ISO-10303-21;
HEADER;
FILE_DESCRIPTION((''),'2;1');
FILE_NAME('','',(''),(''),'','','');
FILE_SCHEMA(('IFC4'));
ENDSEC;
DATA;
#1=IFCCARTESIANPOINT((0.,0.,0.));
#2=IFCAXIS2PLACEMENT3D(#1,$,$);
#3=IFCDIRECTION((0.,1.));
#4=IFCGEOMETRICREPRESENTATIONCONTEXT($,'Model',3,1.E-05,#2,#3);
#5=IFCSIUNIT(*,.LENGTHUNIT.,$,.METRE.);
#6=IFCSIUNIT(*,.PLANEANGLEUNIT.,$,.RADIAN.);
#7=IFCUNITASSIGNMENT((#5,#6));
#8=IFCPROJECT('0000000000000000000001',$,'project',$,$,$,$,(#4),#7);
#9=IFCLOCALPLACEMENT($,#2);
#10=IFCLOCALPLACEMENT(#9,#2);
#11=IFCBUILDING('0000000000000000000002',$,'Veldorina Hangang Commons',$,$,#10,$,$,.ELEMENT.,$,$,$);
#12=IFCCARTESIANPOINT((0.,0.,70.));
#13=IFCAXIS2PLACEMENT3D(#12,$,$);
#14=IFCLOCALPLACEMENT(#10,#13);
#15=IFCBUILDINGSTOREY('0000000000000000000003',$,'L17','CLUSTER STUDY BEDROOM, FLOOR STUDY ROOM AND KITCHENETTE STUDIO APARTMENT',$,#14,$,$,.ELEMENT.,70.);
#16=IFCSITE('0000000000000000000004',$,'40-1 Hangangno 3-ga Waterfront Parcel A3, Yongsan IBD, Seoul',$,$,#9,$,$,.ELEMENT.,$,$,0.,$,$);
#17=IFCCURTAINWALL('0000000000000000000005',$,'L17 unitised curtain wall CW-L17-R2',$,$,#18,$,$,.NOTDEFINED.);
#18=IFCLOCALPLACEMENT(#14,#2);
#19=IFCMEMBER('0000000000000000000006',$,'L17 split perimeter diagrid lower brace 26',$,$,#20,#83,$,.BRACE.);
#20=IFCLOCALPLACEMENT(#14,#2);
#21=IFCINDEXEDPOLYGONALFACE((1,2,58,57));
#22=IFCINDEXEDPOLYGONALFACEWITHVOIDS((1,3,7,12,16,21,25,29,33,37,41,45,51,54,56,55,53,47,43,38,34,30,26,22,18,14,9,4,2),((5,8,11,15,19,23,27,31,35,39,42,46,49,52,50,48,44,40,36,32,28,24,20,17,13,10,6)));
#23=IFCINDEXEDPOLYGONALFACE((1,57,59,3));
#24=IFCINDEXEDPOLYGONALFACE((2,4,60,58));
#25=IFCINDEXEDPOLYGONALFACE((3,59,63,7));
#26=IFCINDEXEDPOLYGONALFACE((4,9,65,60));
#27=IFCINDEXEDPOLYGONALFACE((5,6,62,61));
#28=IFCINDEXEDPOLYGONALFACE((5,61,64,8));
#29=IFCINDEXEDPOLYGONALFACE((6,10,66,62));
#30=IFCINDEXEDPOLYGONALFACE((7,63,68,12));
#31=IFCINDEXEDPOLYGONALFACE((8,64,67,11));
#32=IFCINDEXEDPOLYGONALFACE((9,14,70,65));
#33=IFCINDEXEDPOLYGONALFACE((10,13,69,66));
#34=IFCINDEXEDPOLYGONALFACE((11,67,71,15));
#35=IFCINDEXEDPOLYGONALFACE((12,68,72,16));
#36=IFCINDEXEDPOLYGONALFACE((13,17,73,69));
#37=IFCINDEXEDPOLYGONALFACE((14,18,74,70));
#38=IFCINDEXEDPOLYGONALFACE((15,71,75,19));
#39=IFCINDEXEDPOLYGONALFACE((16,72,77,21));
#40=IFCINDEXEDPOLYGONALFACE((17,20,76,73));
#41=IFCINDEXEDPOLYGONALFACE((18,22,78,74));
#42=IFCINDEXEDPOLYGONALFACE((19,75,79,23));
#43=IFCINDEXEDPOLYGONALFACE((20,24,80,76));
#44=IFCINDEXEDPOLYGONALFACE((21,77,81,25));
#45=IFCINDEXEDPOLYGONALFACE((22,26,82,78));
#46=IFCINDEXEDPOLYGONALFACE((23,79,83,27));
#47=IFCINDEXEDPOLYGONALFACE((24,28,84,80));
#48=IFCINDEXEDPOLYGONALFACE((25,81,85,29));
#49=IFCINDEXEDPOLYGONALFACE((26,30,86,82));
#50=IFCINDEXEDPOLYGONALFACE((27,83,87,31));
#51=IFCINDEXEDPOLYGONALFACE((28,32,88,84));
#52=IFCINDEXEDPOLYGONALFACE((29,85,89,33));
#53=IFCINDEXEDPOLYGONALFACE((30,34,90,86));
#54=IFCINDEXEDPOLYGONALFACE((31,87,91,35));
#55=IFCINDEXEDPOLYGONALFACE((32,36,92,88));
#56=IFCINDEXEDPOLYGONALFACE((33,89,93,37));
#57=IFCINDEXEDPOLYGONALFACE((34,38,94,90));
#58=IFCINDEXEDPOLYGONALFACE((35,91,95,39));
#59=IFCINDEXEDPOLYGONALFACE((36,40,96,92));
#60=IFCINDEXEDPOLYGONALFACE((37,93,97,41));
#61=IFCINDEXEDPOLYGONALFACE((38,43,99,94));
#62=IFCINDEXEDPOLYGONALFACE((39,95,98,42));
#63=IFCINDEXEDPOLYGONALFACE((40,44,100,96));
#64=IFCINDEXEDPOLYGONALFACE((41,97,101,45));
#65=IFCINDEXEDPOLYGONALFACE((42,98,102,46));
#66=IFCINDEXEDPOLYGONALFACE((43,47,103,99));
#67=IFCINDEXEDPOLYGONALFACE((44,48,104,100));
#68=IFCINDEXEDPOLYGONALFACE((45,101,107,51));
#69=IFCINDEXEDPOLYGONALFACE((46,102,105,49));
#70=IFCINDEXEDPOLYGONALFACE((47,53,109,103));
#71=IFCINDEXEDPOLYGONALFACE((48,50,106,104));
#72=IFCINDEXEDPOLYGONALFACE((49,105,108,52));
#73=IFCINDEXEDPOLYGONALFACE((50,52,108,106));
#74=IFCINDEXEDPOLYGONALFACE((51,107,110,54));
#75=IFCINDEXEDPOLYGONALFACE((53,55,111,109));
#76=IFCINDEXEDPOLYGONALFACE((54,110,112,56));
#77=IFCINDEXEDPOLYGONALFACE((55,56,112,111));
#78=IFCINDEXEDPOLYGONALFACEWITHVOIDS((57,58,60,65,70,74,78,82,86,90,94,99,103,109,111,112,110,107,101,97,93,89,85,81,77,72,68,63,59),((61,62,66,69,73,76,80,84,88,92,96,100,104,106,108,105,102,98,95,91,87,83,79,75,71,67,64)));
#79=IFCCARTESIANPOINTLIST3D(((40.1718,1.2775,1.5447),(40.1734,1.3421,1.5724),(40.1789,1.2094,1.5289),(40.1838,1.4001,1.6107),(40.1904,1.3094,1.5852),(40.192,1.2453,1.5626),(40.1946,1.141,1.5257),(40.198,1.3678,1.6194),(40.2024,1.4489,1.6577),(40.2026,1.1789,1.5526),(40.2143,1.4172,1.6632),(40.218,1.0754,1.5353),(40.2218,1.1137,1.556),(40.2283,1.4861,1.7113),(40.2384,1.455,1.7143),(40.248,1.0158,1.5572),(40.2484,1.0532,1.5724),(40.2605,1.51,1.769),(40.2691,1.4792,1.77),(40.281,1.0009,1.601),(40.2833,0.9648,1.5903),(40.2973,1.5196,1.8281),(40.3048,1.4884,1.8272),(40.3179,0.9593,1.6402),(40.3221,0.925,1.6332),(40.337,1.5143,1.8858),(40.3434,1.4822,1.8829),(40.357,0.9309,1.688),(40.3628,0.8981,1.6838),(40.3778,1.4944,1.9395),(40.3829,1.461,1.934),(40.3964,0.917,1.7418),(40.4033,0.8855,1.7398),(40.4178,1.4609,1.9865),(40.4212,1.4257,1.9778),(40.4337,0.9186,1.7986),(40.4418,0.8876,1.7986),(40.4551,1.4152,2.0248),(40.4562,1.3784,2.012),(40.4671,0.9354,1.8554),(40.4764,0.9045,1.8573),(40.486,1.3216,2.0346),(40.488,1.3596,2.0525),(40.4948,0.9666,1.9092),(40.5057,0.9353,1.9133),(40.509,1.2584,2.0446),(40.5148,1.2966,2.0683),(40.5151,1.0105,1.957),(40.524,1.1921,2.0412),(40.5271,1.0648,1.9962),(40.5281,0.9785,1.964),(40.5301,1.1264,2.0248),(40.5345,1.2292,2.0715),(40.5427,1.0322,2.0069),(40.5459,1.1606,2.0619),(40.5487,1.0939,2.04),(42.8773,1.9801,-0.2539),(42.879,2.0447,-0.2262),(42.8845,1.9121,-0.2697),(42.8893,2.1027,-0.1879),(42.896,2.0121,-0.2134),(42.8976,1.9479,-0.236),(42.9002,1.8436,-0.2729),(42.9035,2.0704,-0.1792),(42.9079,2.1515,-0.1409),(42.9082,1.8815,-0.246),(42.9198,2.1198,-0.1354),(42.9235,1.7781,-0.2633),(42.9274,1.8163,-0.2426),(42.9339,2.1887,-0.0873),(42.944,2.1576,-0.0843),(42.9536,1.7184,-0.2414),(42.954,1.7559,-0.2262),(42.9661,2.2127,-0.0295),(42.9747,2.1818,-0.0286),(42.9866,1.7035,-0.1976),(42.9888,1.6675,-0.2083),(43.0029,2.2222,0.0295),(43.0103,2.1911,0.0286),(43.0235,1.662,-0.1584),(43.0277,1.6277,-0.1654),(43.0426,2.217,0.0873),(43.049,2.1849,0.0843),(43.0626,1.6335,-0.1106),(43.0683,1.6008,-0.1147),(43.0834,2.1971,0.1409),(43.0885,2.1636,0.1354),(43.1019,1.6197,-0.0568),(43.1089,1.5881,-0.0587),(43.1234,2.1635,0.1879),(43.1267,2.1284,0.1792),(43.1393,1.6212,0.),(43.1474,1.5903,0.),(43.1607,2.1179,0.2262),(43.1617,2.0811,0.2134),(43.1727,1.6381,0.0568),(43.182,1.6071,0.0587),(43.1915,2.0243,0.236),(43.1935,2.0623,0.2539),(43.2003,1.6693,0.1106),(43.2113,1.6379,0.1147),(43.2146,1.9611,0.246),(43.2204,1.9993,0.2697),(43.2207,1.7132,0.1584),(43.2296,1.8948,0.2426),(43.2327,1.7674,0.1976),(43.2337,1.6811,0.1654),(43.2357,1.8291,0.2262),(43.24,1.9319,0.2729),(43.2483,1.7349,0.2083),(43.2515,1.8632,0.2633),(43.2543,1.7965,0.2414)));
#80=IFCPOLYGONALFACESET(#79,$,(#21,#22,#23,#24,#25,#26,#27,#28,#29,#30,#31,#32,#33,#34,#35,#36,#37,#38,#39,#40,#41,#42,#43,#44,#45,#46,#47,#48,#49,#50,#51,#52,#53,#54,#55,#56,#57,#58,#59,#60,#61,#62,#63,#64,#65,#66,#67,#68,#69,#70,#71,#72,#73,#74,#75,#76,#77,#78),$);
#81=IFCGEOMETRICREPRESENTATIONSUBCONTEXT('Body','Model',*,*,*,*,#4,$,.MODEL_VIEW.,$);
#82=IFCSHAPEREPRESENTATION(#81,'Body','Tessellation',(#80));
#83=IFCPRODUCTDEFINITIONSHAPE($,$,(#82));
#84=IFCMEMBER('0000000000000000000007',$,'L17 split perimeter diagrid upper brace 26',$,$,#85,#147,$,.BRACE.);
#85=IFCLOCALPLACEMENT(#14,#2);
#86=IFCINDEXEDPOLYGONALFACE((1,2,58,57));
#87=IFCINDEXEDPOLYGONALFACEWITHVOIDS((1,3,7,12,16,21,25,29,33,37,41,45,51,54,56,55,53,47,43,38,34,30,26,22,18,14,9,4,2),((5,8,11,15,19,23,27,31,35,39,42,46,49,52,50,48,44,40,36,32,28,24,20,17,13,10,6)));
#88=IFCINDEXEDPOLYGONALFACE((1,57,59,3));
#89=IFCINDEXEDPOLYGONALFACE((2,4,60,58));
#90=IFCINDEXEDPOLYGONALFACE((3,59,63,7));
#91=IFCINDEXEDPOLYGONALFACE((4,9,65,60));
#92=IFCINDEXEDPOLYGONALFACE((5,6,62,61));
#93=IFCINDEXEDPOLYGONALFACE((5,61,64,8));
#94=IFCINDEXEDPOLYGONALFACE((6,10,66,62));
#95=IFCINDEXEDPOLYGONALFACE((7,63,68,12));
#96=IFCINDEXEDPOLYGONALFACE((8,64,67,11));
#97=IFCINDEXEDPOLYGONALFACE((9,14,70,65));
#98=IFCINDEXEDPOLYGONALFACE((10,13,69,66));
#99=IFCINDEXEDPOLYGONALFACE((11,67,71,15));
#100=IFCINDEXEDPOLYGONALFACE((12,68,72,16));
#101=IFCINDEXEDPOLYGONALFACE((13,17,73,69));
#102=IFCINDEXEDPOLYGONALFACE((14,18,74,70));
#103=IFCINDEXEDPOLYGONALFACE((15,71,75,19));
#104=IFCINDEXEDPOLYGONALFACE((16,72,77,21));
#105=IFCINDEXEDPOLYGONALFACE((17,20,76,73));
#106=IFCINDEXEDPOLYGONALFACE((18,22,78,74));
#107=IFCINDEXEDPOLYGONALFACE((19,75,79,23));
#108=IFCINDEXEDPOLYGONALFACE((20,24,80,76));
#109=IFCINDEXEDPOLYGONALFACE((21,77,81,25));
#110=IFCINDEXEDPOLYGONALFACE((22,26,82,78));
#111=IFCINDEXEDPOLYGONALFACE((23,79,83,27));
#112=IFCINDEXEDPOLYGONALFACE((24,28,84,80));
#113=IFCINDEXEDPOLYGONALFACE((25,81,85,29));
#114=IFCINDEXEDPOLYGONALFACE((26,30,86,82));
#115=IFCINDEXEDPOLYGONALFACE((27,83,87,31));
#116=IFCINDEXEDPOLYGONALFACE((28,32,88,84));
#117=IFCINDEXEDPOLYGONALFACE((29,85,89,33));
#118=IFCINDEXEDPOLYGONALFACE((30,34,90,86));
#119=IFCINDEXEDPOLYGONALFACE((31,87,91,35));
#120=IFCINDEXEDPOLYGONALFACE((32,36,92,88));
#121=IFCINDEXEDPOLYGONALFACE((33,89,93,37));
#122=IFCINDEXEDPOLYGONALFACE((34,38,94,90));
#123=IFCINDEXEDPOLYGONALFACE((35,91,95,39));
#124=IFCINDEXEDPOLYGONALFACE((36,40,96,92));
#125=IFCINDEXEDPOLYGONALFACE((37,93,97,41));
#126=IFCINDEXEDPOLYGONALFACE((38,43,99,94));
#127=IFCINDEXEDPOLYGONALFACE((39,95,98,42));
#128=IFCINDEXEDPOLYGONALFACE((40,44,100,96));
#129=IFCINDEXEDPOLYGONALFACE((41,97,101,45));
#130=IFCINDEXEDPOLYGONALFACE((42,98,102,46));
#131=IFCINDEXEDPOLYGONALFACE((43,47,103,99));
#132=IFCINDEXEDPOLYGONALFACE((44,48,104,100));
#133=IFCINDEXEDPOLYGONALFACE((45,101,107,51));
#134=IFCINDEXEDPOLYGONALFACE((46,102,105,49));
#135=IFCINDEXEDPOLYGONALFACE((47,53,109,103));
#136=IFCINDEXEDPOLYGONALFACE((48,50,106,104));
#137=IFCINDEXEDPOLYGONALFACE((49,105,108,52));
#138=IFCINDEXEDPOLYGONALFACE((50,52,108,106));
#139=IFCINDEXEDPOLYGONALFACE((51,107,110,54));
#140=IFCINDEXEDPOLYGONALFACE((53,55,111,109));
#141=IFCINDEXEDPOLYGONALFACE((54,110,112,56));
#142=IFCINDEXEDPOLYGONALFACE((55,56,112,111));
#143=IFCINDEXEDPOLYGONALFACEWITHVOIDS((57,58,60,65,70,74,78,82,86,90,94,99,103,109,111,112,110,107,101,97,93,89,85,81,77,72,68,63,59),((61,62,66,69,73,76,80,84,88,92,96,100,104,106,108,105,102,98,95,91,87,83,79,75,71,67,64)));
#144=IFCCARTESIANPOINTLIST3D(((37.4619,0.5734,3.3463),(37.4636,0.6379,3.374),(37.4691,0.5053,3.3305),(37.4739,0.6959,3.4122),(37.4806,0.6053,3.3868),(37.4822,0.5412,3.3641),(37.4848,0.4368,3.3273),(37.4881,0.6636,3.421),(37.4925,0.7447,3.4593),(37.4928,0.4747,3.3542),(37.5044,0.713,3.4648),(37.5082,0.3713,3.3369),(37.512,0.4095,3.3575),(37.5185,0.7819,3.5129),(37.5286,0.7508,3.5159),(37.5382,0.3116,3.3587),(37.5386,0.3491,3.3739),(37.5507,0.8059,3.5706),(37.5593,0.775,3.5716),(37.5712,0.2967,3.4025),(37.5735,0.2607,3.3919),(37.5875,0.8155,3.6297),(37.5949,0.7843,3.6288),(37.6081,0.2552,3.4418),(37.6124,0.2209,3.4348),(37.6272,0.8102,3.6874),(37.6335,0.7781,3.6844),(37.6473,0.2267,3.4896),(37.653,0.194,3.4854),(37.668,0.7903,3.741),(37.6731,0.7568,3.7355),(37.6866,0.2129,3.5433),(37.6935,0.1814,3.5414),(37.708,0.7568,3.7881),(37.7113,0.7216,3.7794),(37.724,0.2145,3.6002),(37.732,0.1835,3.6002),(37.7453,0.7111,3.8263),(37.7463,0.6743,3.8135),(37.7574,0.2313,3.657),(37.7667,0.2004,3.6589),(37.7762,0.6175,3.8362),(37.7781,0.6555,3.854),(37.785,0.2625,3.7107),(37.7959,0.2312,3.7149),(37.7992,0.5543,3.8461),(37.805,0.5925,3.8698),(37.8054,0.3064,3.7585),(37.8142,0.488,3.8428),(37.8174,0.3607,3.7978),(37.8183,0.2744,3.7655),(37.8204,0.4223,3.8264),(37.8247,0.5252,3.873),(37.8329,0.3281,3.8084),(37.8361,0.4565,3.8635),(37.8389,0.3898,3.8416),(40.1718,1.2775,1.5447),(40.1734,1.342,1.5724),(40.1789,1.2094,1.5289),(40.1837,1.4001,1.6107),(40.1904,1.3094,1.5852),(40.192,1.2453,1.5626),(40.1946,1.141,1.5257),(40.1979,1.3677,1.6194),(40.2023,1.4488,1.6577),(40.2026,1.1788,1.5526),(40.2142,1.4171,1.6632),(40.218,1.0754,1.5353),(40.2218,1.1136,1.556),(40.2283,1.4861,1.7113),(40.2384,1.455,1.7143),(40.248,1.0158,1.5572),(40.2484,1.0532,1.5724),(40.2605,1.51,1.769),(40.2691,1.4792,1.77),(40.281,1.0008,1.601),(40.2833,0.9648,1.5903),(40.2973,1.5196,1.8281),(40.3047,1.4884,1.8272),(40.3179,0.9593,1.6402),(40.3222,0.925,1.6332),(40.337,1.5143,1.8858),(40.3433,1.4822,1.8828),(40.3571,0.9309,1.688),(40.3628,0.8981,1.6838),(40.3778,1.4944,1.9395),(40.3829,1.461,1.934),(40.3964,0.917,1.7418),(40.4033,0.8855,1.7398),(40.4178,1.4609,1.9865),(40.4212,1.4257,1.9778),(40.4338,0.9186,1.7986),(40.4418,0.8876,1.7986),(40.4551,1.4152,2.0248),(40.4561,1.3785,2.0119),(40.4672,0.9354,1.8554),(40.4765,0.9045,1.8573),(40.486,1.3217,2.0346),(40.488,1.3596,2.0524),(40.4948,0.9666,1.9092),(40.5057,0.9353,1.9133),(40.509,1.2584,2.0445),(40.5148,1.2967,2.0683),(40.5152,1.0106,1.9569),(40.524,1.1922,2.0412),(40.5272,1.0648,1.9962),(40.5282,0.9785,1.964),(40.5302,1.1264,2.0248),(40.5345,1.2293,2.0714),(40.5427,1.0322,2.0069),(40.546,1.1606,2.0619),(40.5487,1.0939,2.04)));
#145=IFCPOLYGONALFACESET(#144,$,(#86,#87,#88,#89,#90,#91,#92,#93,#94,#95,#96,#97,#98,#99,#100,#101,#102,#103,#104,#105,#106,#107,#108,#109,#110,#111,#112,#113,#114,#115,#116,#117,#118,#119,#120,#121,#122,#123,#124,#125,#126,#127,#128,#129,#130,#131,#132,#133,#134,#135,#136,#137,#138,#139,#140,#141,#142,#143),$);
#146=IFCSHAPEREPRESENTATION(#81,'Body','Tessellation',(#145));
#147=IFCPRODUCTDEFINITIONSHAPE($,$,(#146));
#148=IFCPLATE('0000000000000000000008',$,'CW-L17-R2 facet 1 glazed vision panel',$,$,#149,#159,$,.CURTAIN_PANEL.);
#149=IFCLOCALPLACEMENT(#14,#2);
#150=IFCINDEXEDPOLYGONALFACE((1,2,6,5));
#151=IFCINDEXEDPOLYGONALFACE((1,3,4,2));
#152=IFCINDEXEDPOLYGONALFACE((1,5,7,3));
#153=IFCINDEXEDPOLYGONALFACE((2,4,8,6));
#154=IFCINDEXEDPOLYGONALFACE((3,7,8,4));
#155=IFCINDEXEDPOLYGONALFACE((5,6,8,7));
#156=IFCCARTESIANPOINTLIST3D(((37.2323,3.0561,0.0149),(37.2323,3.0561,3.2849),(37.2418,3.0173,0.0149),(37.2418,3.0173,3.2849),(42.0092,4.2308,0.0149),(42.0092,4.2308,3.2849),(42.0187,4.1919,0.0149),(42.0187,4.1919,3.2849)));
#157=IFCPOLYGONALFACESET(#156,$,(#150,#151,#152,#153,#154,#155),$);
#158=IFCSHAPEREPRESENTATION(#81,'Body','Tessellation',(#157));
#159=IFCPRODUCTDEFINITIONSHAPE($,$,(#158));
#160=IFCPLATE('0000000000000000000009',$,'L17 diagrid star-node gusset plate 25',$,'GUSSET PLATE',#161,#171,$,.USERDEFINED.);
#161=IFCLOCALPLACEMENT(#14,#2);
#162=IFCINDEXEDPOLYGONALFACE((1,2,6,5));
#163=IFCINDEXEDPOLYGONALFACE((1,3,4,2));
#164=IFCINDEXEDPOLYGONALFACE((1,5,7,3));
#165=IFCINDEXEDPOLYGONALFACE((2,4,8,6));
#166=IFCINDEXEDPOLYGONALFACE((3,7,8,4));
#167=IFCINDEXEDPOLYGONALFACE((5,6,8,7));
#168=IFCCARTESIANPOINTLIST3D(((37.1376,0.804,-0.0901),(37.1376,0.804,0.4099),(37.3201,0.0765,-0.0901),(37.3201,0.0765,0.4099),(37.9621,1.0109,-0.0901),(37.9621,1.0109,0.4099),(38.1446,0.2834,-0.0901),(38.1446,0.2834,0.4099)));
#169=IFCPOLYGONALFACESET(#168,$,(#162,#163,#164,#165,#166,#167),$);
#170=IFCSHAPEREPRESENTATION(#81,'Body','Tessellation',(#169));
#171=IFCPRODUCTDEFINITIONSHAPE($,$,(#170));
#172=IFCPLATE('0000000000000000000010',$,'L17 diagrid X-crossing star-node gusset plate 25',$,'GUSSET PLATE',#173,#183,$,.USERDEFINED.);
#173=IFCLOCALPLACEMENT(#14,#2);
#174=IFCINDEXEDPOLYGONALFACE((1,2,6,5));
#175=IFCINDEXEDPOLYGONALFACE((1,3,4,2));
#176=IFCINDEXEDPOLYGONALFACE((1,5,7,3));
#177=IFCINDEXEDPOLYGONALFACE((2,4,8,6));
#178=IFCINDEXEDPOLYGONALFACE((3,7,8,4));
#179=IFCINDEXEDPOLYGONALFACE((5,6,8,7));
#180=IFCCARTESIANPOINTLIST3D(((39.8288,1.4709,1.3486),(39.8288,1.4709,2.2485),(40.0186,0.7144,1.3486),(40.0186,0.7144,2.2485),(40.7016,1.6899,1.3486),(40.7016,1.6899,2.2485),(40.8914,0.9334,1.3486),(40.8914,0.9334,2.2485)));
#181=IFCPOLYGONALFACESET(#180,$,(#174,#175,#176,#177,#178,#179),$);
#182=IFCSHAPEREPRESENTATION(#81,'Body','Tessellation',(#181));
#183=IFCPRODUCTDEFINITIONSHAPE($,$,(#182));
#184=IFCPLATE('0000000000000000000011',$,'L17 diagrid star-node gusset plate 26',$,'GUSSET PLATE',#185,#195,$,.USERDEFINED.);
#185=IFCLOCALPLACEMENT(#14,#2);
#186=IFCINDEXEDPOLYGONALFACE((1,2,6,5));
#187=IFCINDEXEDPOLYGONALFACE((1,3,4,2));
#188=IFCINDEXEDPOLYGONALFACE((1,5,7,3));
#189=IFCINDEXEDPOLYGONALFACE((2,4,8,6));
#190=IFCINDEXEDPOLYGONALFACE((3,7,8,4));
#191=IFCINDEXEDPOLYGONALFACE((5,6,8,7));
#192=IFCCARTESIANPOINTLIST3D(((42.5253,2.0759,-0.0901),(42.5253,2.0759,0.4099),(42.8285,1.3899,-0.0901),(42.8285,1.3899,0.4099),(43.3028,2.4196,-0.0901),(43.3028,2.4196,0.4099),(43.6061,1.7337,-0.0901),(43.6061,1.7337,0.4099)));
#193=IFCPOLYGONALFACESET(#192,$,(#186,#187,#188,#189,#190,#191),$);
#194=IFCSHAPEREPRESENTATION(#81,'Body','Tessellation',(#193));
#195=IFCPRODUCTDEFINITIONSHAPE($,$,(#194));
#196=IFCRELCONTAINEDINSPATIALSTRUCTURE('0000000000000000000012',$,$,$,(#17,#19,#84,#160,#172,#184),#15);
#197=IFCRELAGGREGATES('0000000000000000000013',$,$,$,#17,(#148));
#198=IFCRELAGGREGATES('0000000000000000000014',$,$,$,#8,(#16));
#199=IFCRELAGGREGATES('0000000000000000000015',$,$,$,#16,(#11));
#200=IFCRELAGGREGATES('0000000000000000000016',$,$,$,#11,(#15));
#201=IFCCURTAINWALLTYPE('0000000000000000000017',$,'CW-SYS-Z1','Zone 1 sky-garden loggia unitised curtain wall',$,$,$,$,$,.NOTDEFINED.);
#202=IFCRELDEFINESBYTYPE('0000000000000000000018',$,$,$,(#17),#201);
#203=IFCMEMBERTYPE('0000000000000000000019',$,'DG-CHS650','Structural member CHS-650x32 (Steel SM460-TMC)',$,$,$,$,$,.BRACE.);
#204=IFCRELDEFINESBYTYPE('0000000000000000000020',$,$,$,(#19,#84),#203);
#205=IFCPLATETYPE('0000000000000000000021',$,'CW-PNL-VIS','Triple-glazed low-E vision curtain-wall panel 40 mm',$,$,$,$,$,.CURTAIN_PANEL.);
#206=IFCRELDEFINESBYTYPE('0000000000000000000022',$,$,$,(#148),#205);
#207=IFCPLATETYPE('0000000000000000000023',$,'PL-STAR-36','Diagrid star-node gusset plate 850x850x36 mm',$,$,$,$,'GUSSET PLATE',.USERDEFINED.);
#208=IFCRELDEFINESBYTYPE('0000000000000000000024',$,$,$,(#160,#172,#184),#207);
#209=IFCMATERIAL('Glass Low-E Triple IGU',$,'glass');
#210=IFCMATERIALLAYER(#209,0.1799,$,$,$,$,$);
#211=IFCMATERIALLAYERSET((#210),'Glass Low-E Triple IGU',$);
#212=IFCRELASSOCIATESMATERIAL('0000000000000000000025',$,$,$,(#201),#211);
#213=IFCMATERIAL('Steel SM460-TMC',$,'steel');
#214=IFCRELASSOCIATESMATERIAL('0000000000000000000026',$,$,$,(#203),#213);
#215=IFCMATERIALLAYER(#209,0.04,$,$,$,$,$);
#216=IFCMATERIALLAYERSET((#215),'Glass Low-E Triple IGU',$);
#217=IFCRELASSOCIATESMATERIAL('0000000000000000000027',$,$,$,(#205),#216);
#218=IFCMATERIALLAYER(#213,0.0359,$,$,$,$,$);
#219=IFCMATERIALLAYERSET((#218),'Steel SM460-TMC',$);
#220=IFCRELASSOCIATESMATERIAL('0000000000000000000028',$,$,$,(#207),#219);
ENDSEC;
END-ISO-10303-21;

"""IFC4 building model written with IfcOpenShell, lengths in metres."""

from ifc_helpers import new_model, si_unit, direction, frame, origin, origin_2d, place, context, subcontext, project, spatial, rectangle, hollow_circle, extrude, material, layer, layer_set, material_profile, profile_set, type_object, element, aggregate, save


model = new_model("IFC4")

# Units and contexts
model_context = context("Model", 3, precision=1e-05, world=origin(), true_north=direction((0.0, 1.0)))
body_context = subcontext(model_context, "Body", "Model", "MODEL_VIEW")
ifc_project = project(units=[si_unit("LENGTHUNIT", "METRE"), si_unit("PLANEANGLEUNIT", "RADIAN")], contexts=[model_context])

# Site, building, storey
site_placement = place(None, origin())
site = spatial("IfcSite", under=ifc_project, at=site_placement, Name="40-1 Hangangno 3-ga Waterfront Parcel A3, Yongsan IBD, Seoul", CompositionType="ELEMENT", RefElevation=0.0)
building_placement = place(site_placement, origin())
building = spatial("IfcBuilding", under=site, at=building_placement, Name="Veldorina Hangang Commons", CompositionType="ELEMENT")
storey_placement = place(building_placement, frame((0.0, 0.0, 70.0)))
storey = spatial("IfcBuildingStorey", under=building, at=storey_placement, Name="L17", Description="CLUSTER STUDY BEDROOM, FLOOR STUDY ROOM AND KITCHENETTE STUDIO APARTMENT", CompositionType="ELEMENT", Elevation=70.0)

# Curtain wall
ifc_material_1 = material(Name="Glass Low-E Triple IGU", Category="glass")
ifc_layer_1 = layer(ifc_material_1, 0.1799)
ifc_layer_set_1 = layer_set([ifc_layer_1], Name="Glass Low-E Triple IGU")
curtain_wall_type = type_object("IfcCurtainWallType", Name="CW-SYS-Z1", Description="Zone 1 sky-garden loggia unitised curtain wall", PredefinedType="NOTDEFINED", material=ifc_layer_set_1)
curtain_wall_placement = place(storey_placement, origin())
curtain_wall = element("IfcCurtainWall", 1, at=curtain_wall_placement, inside=storey, type_object=curtain_wall_type, Name="L17 unitised curtain wall CW-L17-R2", PredefinedType="NOTDEFINED")

# Members
ifc_material_2 = material(Name="Steel SM460-TMC", Category="steel")
ifc_material_profile_1 = material_profile(ifc_material_2, hollow_circle(Radius=0.325, WallThickness=0.032, at=origin_2d()), Name="CHS-650x32")
ifc_profile_set_1 = profile_set([ifc_material_profile_1], Name="Steel SM460-TMC")
member_type_1 = type_object("IfcMemberType", Name="DG-CHS650", Description="Structural member CHS-650x32 (Steel SM460-TMC)", PredefinedType="BRACE", material=ifc_profile_set_1)
member_1_placement = place(storey_placement, frame((43.0657, 1.9048, 0.0), z_axis=(-0.813959, -0.211386, 0.541097), x_axis=(0.251362, -0.967893, 0.0)))
element("IfcMember", 2, at=member_1_placement, inside=storey, type_object=member_type_1, Name="L17 split perimeter diagrid lower brace 26", PredefinedType="BRACE", context=body_context, shape_type="SweptSolid", body=[
    extrude(hollow_circle(Radius=0.325, WallThickness=0.032, at=origin_2d()), origin(), (0.0, 0.0, 1.0), 3.324),
])
member_2_placement = place(storey_placement, frame((40.3601, 1.2021, 1.7986), z_axis=(-0.813917, -0.211491, 0.54112), x_axis=(0.251492, -0.967859, 0.0)))
element("IfcMember", 3, at=member_2_placement, inside=storey, type_object=member_type_1, Name="L17 split perimeter diagrid upper brace 26", PredefinedType="BRACE", context=body_context, shape_type="SweptSolid", body=[
    extrude(hollow_circle(Radius=0.325, WallThickness=0.032, at=origin_2d()), origin(), (0.0, 0.0, 1.0), 3.3293),
])

# Plate
ifc_layer_2 = layer(ifc_material_1, 0.04)
ifc_layer_set_2 = layer_set([ifc_layer_2], Name="Glass Low-E Triple IGU")
plate_type_1 = type_object("IfcPlateType", Name="CW-PNL-VIS", Description="Triple-glazed low-E vision curtain-wall panel 40 mm", PredefinedType="CURTAIN_PANEL", material=ifc_layer_set_2)
plate_1_placement = place(storey_placement, frame((39.6255, 3.624, 0.0149), z_axis=(0.0, 0.0, 1.0), x_axis=(0.971072, 0.238788, 0.0)))
plate_1 = element("IfcPlate", 4, at=plate_1_placement, type_object=plate_type_1, Name="CW-L17-R2 facet 1 glazed vision panel", PredefinedType="CURTAIN_PANEL", context=body_context, shape_type="SweptSolid", body=[
    extrude(rectangle(XDim=4.9192, YDim=0.04, at=origin_2d()), origin(), (0.0, 0.0, 1.0), 3.27),
])
aggregate(curtain_wall, [plate_1])

# Plates
ifc_layer_3 = layer(ifc_material_2, 0.0359)
ifc_layer_set_3 = layer_set([ifc_layer_3], Name="Steel SM460-TMC")
plate_type_2 = type_object("IfcPlateType", Name="PL-STAR-36", Description="Diagrid star-node gusset plate 850x850x36 mm", ElementType="GUSSET PLATE", PredefinedType="USERDEFINED", material=ifc_layer_set_3)
plate_2_placement = place(storey_placement, frame((37.6411, 0.5437, -0.0901), z_axis=(0.0, 0.0, 1.0), x_axis=(0.969936, 0.243361, 0.0)))
element("IfcPlate", 5, at=plate_2_placement, inside=storey, type_object=plate_type_2, Name="L17 diagrid star-node gusset plate 25", ObjectType="GUSSET PLATE", PredefinedType="USERDEFINED", context=body_context, shape_type="SweptSolid", body=[
    extrude(rectangle(XDim=0.8501, YDim=0.75, at=origin_2d()), origin(), (0.0, 0.0, 1.0), 0.5),
])
plate_3_placement = place(storey_placement, frame((40.3601, 1.2021, 1.3486), z_axis=(0.0, 0.0, 1.0), x_axis=(0.969936, 0.243361, 0.0)))
element("IfcPlate", 6, at=plate_3_placement, inside=storey, type_object=plate_type_2, Name="L17 diagrid X-crossing star-node gusset plate 25", ObjectType="GUSSET PLATE", PredefinedType="USERDEFINED", context=body_context, shape_type="SweptSolid", body=[
    extrude(rectangle(XDim=0.8999, YDim=0.78, at=origin_2d()), origin(), (0.0, 0.0, 1.0), 0.8999),
])
plate_4_placement = place(storey_placement, frame((43.0657, 1.9048, -0.0901), z_axis=(0.0, 0.0, 1.0), x_axis=(0.914614, 0.404328, 0.0)))
element("IfcPlate", 7, at=plate_4_placement, inside=storey, type_object=plate_type_2, Name="L17 diagrid star-node gusset plate 26", ObjectType="GUSSET PLATE", PredefinedType="USERDEFINED", context=body_context, shape_type="SweptSolid", body=[
    extrude(rectangle(XDim=0.8501, YDim=0.75, at=origin_2d()), origin(), (0.0, 0.0, 1.0), 0.5),
])

save(model, "model.ifc")
